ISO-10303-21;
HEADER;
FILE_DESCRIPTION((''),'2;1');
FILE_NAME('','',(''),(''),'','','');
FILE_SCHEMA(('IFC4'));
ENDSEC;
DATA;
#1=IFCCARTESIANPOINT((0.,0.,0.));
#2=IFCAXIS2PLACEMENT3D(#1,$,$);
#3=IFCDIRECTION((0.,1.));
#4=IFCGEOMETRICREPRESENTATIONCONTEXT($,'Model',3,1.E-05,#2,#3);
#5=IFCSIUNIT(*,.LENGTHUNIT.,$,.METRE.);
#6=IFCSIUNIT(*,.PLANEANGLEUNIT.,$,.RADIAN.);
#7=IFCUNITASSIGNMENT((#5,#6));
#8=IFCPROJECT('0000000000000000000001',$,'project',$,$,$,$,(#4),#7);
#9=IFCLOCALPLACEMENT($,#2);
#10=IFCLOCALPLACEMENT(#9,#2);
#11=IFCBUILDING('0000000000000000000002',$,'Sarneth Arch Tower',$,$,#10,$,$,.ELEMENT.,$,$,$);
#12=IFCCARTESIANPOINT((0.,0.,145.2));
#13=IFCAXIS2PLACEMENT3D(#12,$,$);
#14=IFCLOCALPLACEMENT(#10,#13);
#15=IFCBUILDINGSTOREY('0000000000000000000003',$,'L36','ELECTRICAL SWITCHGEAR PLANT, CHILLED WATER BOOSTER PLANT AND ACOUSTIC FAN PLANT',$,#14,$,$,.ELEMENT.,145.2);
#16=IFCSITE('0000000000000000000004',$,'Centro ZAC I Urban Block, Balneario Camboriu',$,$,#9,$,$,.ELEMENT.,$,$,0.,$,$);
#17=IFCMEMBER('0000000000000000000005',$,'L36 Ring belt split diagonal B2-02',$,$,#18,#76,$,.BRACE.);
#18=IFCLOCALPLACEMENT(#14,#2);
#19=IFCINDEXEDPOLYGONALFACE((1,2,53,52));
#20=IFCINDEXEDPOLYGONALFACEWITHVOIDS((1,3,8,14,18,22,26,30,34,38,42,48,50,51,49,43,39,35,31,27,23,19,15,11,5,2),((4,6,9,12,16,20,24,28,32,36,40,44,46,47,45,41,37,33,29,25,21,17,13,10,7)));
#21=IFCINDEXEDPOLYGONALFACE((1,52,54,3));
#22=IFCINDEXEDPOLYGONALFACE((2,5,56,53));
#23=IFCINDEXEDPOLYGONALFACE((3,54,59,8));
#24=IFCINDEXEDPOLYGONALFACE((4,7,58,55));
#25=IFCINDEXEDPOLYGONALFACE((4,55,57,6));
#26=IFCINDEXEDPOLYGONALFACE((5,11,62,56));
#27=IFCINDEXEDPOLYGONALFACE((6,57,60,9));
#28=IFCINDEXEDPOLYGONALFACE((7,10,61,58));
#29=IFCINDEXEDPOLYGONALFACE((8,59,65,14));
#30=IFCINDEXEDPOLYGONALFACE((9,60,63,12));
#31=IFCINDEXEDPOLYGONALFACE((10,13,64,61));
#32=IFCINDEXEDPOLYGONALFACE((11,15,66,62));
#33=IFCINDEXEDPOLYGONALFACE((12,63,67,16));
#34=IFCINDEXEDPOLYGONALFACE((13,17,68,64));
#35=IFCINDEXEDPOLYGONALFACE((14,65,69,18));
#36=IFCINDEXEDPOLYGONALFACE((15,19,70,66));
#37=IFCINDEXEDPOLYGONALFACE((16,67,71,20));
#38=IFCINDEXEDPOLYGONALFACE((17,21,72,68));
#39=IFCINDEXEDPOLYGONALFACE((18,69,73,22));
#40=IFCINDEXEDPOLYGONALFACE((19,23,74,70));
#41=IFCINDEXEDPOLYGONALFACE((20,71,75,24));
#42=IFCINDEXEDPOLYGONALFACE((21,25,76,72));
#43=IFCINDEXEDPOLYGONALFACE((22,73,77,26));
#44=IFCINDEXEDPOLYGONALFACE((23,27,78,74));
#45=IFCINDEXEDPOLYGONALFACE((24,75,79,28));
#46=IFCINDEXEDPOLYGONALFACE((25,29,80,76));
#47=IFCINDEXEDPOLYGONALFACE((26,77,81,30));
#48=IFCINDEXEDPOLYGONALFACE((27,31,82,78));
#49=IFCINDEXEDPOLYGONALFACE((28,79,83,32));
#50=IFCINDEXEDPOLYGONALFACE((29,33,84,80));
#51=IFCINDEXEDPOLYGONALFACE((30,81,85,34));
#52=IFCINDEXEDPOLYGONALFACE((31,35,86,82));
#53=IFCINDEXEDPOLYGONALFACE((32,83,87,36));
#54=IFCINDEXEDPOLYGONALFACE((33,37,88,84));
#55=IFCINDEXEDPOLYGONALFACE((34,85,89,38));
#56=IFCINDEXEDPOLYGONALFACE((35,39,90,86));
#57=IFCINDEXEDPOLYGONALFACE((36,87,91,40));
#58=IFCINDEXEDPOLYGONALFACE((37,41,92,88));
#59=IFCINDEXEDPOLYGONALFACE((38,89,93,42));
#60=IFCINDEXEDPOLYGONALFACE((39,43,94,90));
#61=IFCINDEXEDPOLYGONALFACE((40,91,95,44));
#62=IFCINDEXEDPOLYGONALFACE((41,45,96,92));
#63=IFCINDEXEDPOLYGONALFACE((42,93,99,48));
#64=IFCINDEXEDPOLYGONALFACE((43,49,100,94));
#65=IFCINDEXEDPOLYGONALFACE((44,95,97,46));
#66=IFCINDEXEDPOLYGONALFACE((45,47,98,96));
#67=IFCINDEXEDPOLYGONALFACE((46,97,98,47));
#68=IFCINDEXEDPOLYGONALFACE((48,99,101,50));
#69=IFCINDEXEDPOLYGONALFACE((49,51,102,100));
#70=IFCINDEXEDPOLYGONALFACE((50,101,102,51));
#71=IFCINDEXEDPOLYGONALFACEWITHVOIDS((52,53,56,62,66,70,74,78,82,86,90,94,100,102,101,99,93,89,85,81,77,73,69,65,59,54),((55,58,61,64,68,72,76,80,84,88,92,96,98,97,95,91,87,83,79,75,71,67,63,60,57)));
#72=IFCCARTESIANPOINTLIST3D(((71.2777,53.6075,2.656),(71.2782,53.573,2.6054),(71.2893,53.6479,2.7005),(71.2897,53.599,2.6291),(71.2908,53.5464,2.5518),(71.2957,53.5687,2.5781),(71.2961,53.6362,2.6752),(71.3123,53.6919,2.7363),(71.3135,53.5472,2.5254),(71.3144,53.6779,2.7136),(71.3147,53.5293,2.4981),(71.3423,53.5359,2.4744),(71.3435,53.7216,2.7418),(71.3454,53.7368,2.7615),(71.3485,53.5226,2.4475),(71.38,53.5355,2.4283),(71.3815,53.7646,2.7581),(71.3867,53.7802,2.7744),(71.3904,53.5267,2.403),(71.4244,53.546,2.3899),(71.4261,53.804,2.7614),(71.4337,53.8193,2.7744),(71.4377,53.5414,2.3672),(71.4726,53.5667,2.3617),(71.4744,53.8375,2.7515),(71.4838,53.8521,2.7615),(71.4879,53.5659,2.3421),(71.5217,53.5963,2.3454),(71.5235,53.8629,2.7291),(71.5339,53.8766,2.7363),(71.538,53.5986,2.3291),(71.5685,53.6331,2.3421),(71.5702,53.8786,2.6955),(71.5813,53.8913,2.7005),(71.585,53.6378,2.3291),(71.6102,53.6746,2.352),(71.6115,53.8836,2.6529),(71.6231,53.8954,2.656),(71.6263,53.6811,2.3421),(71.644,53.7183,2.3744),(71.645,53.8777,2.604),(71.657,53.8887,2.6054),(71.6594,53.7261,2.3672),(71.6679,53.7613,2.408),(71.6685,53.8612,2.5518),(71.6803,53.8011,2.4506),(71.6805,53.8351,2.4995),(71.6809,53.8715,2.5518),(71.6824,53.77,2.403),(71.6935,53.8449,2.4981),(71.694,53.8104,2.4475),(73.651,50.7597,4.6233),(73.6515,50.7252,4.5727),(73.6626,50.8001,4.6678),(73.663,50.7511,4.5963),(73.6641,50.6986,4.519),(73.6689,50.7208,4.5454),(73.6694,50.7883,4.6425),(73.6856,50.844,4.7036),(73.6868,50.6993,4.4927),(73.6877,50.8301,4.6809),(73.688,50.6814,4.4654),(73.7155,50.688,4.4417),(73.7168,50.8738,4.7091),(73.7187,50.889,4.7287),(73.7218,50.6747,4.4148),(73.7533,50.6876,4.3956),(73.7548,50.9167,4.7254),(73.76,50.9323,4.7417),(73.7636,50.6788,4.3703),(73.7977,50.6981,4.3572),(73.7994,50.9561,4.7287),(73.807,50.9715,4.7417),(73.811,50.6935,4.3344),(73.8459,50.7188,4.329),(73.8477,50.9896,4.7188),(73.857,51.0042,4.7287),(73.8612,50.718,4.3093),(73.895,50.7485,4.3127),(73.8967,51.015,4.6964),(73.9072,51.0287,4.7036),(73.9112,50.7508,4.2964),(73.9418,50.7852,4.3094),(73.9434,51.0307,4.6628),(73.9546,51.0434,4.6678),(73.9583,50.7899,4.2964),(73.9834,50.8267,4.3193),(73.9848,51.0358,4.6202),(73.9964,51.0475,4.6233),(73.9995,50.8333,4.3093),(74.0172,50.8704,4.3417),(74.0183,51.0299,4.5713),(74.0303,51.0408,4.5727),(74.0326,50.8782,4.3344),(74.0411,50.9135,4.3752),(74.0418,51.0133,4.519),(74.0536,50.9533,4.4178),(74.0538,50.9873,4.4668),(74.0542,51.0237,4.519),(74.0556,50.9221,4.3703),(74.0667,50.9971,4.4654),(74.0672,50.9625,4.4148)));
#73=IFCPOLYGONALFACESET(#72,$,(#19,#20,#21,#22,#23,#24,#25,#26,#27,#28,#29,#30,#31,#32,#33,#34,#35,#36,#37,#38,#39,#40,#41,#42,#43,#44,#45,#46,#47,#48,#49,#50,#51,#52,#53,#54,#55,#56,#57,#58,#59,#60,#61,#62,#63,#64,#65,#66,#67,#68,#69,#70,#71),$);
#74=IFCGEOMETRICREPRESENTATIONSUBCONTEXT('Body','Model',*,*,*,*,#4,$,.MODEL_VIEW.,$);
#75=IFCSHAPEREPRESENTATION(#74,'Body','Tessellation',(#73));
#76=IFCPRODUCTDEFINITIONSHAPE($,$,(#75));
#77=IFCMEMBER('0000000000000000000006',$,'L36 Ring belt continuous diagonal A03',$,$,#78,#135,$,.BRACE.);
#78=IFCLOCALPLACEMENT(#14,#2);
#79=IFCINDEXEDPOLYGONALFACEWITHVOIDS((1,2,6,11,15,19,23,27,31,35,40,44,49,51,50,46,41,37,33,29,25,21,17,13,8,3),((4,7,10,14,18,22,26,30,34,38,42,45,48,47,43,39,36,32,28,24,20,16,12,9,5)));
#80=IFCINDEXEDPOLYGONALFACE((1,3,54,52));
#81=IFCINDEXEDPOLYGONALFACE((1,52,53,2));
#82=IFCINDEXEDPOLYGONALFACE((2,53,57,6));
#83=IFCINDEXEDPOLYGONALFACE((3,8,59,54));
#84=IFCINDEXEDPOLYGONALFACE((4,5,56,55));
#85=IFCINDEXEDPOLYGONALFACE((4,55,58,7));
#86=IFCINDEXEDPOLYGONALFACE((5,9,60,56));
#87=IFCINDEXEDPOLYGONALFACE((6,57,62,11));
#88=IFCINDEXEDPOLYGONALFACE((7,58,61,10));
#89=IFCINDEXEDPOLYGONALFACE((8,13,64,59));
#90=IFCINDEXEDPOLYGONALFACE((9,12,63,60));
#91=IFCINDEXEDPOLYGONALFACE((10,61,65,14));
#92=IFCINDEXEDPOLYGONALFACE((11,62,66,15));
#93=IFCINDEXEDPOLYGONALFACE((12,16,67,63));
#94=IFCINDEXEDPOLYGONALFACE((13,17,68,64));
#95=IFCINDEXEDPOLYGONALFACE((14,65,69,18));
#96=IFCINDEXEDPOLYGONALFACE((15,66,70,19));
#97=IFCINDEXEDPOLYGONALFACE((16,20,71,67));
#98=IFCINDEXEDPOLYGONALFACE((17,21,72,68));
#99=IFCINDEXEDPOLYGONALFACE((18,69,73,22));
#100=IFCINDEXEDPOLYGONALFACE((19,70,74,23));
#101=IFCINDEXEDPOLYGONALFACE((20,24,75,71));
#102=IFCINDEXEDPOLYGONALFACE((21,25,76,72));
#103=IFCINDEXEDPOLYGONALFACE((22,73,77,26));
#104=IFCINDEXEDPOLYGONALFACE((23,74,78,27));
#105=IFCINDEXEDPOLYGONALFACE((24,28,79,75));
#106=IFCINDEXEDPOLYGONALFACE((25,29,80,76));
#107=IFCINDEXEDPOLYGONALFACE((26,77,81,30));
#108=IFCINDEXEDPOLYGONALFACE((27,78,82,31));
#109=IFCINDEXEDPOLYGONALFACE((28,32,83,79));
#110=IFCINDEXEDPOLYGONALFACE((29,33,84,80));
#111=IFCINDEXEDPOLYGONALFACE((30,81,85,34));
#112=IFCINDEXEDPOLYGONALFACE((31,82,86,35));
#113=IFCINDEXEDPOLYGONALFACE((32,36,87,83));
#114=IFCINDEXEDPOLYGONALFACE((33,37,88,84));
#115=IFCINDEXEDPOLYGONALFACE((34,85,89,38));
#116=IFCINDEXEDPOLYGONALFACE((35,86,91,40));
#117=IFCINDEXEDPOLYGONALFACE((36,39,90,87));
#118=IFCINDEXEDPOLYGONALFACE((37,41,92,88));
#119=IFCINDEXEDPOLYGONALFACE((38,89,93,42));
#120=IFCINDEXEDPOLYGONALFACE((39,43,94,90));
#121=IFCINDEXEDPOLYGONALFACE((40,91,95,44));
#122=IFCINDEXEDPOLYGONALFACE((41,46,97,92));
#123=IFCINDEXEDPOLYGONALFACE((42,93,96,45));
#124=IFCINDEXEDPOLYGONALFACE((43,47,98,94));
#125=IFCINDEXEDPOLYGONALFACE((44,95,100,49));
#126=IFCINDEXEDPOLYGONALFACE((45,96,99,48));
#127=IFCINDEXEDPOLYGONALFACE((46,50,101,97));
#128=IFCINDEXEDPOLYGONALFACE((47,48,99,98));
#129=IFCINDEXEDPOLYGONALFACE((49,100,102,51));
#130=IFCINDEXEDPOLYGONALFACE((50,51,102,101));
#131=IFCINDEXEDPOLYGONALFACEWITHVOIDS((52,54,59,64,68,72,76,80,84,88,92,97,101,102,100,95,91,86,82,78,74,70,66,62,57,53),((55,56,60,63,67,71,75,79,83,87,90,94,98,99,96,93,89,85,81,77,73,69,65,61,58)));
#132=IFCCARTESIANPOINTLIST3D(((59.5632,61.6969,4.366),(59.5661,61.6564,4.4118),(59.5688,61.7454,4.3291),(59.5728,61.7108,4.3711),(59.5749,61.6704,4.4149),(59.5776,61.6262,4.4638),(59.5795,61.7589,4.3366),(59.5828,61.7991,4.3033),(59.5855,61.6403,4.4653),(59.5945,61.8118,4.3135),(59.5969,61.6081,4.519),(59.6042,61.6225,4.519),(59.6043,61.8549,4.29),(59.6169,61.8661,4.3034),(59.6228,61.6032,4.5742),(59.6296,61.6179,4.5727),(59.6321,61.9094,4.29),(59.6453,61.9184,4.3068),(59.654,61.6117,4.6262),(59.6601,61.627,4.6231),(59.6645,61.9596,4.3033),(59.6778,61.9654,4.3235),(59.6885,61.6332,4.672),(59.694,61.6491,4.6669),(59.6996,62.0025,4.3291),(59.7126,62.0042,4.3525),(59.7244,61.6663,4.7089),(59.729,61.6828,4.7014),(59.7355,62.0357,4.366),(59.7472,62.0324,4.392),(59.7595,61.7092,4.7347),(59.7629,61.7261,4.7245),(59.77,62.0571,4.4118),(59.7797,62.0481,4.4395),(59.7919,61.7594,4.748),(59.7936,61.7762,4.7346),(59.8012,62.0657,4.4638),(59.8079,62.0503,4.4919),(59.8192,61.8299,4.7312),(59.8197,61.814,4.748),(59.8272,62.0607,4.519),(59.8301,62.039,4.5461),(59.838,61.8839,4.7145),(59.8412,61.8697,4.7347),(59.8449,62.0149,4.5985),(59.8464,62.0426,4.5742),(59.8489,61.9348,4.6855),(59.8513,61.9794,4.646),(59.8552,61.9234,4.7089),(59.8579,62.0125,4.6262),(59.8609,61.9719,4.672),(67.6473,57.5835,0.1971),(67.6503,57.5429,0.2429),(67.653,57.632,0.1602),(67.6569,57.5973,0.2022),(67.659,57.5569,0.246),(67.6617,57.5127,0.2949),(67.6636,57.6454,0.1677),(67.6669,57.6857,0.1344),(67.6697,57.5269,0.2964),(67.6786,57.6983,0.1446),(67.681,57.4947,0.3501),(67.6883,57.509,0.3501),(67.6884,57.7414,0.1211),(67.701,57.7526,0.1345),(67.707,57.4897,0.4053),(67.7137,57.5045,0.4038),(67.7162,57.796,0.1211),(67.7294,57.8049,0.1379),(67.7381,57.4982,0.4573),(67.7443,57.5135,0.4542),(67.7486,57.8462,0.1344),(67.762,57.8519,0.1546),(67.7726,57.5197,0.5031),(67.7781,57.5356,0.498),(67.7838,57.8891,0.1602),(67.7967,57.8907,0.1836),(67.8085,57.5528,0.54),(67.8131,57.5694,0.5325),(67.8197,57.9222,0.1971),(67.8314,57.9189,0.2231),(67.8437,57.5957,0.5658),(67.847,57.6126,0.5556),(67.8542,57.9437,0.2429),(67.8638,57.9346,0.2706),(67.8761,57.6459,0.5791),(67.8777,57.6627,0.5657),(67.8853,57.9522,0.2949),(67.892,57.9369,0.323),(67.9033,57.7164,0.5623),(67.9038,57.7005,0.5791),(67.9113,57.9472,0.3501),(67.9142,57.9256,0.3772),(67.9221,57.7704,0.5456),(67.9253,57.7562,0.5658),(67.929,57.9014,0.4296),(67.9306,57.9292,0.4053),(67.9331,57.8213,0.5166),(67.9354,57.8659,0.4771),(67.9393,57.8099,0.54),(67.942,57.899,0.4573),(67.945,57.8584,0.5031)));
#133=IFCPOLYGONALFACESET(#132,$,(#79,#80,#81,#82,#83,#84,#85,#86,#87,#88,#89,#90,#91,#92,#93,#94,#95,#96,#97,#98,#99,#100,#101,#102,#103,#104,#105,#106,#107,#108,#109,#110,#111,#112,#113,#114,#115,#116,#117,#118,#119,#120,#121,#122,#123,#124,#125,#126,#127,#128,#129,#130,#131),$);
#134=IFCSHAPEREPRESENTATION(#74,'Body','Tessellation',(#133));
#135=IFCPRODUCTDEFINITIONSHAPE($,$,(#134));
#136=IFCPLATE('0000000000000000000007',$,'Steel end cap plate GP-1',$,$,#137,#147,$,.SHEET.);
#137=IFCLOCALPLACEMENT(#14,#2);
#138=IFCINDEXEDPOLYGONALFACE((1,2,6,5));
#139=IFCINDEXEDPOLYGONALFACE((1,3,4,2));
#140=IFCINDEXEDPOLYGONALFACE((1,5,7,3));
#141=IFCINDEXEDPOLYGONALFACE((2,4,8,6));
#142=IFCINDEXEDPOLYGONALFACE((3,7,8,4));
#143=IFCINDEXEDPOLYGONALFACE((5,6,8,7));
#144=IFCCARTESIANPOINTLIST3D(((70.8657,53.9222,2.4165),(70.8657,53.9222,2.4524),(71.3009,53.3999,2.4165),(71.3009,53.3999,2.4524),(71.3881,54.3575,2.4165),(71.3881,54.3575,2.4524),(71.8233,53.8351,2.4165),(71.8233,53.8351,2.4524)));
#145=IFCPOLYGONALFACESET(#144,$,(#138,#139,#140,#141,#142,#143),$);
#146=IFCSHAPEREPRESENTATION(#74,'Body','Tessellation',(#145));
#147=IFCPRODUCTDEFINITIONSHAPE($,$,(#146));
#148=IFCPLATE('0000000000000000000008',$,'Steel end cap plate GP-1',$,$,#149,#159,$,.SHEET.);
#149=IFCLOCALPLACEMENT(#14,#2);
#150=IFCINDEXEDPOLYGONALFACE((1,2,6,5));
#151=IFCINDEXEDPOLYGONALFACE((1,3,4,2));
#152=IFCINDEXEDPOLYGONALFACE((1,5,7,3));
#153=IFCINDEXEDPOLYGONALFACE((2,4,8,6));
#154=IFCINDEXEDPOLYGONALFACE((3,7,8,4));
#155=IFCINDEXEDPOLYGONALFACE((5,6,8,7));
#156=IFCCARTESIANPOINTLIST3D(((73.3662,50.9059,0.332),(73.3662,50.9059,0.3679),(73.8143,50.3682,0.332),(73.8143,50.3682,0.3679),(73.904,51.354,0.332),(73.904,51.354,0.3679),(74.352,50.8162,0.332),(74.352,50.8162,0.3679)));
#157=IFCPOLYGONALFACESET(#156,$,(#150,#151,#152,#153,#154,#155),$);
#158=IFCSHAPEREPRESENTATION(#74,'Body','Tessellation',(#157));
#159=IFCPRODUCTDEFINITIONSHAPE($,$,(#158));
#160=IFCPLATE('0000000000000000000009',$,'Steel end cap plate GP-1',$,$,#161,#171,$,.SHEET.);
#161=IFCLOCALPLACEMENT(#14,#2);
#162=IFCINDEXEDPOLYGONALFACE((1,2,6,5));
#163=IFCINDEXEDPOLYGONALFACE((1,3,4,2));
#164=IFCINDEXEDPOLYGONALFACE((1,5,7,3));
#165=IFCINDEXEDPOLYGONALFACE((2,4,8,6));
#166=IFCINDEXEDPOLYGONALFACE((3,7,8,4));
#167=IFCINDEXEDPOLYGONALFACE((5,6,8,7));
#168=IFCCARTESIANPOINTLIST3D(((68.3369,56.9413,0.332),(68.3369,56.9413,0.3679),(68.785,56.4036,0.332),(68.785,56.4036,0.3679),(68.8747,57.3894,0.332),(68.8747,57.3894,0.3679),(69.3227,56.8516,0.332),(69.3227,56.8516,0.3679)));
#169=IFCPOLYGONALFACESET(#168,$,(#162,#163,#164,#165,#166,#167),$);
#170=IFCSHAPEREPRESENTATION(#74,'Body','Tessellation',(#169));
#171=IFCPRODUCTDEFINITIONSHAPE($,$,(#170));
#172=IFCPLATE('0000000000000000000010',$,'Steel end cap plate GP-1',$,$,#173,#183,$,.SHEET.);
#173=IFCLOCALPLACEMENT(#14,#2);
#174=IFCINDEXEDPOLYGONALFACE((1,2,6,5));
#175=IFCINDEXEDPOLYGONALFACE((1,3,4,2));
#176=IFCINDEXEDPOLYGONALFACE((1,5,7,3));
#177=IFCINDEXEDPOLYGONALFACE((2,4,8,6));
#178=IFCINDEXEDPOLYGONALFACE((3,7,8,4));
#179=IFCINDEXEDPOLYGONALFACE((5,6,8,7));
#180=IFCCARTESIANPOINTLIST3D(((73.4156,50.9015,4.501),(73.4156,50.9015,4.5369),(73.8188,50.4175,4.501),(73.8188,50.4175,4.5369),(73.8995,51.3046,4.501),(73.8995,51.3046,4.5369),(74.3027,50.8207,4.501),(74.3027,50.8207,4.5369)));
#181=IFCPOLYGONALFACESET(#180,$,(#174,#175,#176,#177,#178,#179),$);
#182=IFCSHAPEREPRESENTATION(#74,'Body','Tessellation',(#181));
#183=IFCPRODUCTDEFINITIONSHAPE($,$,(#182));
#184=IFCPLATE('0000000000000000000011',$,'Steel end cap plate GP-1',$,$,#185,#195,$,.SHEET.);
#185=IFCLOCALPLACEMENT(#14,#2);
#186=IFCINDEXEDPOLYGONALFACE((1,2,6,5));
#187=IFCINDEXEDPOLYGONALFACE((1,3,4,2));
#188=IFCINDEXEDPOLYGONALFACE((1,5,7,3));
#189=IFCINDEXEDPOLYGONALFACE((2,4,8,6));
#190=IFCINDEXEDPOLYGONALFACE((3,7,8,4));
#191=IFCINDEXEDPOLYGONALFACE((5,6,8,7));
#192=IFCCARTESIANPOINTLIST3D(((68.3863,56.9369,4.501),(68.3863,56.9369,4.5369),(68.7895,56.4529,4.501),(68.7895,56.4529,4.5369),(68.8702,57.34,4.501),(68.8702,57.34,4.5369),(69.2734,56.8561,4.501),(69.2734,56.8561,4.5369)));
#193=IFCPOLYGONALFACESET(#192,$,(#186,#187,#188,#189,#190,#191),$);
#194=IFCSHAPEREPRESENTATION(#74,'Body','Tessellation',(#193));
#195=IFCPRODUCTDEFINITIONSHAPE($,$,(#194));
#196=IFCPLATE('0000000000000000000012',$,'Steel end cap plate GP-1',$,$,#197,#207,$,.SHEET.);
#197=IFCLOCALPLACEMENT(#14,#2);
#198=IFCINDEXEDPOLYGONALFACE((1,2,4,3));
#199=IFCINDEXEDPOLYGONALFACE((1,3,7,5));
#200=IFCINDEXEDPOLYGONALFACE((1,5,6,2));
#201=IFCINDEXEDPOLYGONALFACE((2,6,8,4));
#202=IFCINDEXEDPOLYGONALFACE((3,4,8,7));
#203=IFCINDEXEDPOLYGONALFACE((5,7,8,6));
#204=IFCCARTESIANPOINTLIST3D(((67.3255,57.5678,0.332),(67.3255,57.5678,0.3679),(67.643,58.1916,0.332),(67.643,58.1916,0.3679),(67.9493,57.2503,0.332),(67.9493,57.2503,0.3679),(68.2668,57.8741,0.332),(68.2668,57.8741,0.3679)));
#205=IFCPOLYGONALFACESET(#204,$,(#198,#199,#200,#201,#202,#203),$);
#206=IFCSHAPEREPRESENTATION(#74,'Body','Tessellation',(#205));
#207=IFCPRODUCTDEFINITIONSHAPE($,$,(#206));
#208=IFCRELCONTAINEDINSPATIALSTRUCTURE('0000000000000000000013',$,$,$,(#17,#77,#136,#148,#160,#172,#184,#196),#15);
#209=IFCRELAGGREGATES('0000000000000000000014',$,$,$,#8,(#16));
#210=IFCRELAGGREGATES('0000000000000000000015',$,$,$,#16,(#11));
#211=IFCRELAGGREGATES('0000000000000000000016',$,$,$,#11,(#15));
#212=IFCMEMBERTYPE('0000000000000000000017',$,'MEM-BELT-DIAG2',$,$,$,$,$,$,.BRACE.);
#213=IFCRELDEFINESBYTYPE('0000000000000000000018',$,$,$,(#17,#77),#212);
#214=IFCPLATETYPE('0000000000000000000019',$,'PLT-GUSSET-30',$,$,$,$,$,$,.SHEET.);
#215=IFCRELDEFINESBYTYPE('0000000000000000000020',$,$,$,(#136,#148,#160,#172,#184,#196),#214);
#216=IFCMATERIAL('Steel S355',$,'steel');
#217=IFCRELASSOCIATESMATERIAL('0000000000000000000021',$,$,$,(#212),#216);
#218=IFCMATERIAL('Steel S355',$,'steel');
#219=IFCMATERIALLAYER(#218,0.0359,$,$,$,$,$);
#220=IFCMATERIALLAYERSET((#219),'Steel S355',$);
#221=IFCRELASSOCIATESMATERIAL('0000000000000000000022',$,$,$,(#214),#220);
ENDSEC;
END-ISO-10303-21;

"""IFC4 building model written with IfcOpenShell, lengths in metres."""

from ifc_helpers import new_model, si_unit, direction, frame, origin, origin_2d, place, context, subcontext, project, spatial, rectangle, hollow_circle, extrude, material, layer, layer_set, material_profile, profile_set, type_object, element, save


model = new_model("IFC4")

# Units and contexts
model_context = context("Model", 3, precision=1e-05, world=origin(), true_north=direction((0.0, 1.0)))
body_context = subcontext(model_context, "Body", "Model", "MODEL_VIEW")
ifc_project = project(units=[si_unit("LENGTHUNIT", "METRE"), si_unit("PLANEANGLEUNIT", "RADIAN")], contexts=[model_context])

# Site, building, storey
site_placement = place(None, origin())
site = spatial("IfcSite", under=ifc_project, at=site_placement, Name="Centro ZAC I Urban Block, Balneario Camboriu", CompositionType="ELEMENT", RefElevation=0.0)
building_placement = place(site_placement, origin())
building = spatial("IfcBuilding", under=site, at=building_placement, Name="Sarneth Arch Tower", CompositionType="ELEMENT")
storey_placement = place(building_placement, frame((0.0, 0.0, 145.2)))
storey = spatial("IfcBuildingStorey", under=building, at=storey_placement, Name="L36", Description="ELECTRICAL SWITCHGEAR PLANT, CHILLED WATER BOOSTER PLANT AND ACOUSTIC FAN PLANT", CompositionType="ELEMENT", Elevation=145.2)

# Members
ifc_material_1 = material(Name="Steel S355", Category="steel")
ifc_material_profile_1 = material_profile(ifc_material_1, hollow_circle(Radius=0.2539, WallThickness=0.0161, at=origin_2d()), Name="CHS508x16")
ifc_profile_set_1 = profile_set([ifc_material_profile_1], Name="Steel S355")
member_type_1 = type_object("IfcMemberType", Name="MEM-BELT-DIAG2", PredefinedType="BRACE", material=ifc_profile_set_1)
member_1_placement = place(storey_placement, frame((71.4858, 53.709, 2.5518), z_axis=(0.565498, -0.678586, 0.468757), x_axis=(0.768216, 0.640191, 0.0)))
element("IfcMember", 1, at=member_1_placement, inside=storey, type_object=member_type_1, Name="L36 Ring belt split diagonal B2-02", PredefinedType="BRACE", context=body_context, shape_type="SweptSolid", body=[
    extrude(hollow_circle(Radius=0.2539, WallThickness=0.0161, at=origin_2d()), origin(), (0.0, 0.0, 1.0), 4.1968),
])
member_2_placement = place(storey_placement, frame((67.7961, 57.7209, 0.3501), z_axis=(-0.809817, 0.412062, 0.417614), x_axis=(-0.453501, -0.891256, 0.0)))
element("IfcMember", 2, at=member_2_placement, inside=storey, type_object=member_type_1, Name="L36 Ring belt continuous diagonal A03", PredefinedType="BRACE", context=body_context, shape_type="SweptSolid", body=[
    extrude(hollow_circle(Radius=0.2539, WallThickness=0.0161, at=origin_2d()), origin(), (0.0, 0.0, 1.0), 9.9827),
])

# Plates
ifc_material_2 = material(Name="Steel S355", Category="steel")
ifc_layer_1 = layer(ifc_material_2, 0.0359)
ifc_layer_set_1 = layer_set([ifc_layer_1], Name="Steel S355")
plate_type_1 = type_object("IfcPlateType", Name="PLT-GUSSET-30", PredefinedType="SHEET", material=ifc_layer_set_1)
plate_1_placement = place(storey_placement, frame((71.3445, 53.8787, 2.4165), z_axis=(0.0, 0.0, 1.0), x_axis=(-0.64011, 0.768284, 0.0)))
element("IfcPlate", 3, at=plate_1_placement, inside=storey, type_object=plate_type_1, Name="Steel end cap plate GP-1", PredefinedType="SHEET", context=body_context, shape_type="SweptSolid", body=[
    extrude(rectangle(XDim=0.6799, YDim=0.6799, at=origin_2d()), origin(), (0.0, 0.0, 1.0), 0.0359),
])
for number, where, z_axis, x_axis, name in (
    (4, (73.8591, 50.8611, 0.332), (0.0, 0.0, 1.0), (0.64011, -0.768284, 0.0), "Steel end cap plate GP-1"),
    (5, (68.8298, 56.8965, 0.332), (0.0, 0.0, 1.0), (-0.64011, 0.768284, 0.0), "Steel end cap plate GP-1"),
):
    element("IfcPlate", number, at=place(storey_placement, frame(where, z_axis=z_axis, x_axis=x_axis)), inside=storey, type_object=plate_type_1, Name=name, PredefinedType="SHEET", context=body_context, shape_type="SweptSolid", body=[
        extrude(rectangle(XDim=0.7, YDim=0.7, at=origin_2d()), origin(), (0.0, 0.0, 1.0), 0.0359),
    ])
for number, where, z_axis, x_axis, name in (
    (6, (73.8591, 50.8611, 4.501), (0.0, 0.0, 1.0), (0.64011, -0.768284, 0.0), "Steel end cap plate GP-1"),
    (7, (68.8298, 56.8965, 4.501), (0.0, 0.0, 1.0), (-0.64011, 0.768284, 0.0), "Steel end cap plate GP-1"),
):
    element("IfcPlate", number, at=place(storey_placement, frame(where, z_axis=z_axis, x_axis=x_axis)), inside=storey, type_object=plate_type_1, Name=name, PredefinedType="SHEET", context=body_context, shape_type="SweptSolid", body=[
        extrude(rectangle(XDim=0.6299, YDim=0.6299, at=origin_2d()), origin(), (0.0, 0.0, 1.0), 0.0359),
    ])
plate_2_placement = place(storey_placement, frame((67.7961, 57.7209, 0.332), z_axis=(0.0, 0.0, 1.0), x_axis=(0.891244, -0.453524, 0.0)))
element("IfcPlate", 8, at=plate_2_placement, inside=storey, type_object=plate_type_1, Name="Steel end cap plate GP-1", PredefinedType="SHEET", context=body_context, shape_type="SweptSolid", body=[
    extrude(rectangle(XDim=0.7, YDim=0.7, at=origin_2d()), origin(), (0.0, 0.0, 1.0), 0.0359),
])

save(model, "model.ifc")
